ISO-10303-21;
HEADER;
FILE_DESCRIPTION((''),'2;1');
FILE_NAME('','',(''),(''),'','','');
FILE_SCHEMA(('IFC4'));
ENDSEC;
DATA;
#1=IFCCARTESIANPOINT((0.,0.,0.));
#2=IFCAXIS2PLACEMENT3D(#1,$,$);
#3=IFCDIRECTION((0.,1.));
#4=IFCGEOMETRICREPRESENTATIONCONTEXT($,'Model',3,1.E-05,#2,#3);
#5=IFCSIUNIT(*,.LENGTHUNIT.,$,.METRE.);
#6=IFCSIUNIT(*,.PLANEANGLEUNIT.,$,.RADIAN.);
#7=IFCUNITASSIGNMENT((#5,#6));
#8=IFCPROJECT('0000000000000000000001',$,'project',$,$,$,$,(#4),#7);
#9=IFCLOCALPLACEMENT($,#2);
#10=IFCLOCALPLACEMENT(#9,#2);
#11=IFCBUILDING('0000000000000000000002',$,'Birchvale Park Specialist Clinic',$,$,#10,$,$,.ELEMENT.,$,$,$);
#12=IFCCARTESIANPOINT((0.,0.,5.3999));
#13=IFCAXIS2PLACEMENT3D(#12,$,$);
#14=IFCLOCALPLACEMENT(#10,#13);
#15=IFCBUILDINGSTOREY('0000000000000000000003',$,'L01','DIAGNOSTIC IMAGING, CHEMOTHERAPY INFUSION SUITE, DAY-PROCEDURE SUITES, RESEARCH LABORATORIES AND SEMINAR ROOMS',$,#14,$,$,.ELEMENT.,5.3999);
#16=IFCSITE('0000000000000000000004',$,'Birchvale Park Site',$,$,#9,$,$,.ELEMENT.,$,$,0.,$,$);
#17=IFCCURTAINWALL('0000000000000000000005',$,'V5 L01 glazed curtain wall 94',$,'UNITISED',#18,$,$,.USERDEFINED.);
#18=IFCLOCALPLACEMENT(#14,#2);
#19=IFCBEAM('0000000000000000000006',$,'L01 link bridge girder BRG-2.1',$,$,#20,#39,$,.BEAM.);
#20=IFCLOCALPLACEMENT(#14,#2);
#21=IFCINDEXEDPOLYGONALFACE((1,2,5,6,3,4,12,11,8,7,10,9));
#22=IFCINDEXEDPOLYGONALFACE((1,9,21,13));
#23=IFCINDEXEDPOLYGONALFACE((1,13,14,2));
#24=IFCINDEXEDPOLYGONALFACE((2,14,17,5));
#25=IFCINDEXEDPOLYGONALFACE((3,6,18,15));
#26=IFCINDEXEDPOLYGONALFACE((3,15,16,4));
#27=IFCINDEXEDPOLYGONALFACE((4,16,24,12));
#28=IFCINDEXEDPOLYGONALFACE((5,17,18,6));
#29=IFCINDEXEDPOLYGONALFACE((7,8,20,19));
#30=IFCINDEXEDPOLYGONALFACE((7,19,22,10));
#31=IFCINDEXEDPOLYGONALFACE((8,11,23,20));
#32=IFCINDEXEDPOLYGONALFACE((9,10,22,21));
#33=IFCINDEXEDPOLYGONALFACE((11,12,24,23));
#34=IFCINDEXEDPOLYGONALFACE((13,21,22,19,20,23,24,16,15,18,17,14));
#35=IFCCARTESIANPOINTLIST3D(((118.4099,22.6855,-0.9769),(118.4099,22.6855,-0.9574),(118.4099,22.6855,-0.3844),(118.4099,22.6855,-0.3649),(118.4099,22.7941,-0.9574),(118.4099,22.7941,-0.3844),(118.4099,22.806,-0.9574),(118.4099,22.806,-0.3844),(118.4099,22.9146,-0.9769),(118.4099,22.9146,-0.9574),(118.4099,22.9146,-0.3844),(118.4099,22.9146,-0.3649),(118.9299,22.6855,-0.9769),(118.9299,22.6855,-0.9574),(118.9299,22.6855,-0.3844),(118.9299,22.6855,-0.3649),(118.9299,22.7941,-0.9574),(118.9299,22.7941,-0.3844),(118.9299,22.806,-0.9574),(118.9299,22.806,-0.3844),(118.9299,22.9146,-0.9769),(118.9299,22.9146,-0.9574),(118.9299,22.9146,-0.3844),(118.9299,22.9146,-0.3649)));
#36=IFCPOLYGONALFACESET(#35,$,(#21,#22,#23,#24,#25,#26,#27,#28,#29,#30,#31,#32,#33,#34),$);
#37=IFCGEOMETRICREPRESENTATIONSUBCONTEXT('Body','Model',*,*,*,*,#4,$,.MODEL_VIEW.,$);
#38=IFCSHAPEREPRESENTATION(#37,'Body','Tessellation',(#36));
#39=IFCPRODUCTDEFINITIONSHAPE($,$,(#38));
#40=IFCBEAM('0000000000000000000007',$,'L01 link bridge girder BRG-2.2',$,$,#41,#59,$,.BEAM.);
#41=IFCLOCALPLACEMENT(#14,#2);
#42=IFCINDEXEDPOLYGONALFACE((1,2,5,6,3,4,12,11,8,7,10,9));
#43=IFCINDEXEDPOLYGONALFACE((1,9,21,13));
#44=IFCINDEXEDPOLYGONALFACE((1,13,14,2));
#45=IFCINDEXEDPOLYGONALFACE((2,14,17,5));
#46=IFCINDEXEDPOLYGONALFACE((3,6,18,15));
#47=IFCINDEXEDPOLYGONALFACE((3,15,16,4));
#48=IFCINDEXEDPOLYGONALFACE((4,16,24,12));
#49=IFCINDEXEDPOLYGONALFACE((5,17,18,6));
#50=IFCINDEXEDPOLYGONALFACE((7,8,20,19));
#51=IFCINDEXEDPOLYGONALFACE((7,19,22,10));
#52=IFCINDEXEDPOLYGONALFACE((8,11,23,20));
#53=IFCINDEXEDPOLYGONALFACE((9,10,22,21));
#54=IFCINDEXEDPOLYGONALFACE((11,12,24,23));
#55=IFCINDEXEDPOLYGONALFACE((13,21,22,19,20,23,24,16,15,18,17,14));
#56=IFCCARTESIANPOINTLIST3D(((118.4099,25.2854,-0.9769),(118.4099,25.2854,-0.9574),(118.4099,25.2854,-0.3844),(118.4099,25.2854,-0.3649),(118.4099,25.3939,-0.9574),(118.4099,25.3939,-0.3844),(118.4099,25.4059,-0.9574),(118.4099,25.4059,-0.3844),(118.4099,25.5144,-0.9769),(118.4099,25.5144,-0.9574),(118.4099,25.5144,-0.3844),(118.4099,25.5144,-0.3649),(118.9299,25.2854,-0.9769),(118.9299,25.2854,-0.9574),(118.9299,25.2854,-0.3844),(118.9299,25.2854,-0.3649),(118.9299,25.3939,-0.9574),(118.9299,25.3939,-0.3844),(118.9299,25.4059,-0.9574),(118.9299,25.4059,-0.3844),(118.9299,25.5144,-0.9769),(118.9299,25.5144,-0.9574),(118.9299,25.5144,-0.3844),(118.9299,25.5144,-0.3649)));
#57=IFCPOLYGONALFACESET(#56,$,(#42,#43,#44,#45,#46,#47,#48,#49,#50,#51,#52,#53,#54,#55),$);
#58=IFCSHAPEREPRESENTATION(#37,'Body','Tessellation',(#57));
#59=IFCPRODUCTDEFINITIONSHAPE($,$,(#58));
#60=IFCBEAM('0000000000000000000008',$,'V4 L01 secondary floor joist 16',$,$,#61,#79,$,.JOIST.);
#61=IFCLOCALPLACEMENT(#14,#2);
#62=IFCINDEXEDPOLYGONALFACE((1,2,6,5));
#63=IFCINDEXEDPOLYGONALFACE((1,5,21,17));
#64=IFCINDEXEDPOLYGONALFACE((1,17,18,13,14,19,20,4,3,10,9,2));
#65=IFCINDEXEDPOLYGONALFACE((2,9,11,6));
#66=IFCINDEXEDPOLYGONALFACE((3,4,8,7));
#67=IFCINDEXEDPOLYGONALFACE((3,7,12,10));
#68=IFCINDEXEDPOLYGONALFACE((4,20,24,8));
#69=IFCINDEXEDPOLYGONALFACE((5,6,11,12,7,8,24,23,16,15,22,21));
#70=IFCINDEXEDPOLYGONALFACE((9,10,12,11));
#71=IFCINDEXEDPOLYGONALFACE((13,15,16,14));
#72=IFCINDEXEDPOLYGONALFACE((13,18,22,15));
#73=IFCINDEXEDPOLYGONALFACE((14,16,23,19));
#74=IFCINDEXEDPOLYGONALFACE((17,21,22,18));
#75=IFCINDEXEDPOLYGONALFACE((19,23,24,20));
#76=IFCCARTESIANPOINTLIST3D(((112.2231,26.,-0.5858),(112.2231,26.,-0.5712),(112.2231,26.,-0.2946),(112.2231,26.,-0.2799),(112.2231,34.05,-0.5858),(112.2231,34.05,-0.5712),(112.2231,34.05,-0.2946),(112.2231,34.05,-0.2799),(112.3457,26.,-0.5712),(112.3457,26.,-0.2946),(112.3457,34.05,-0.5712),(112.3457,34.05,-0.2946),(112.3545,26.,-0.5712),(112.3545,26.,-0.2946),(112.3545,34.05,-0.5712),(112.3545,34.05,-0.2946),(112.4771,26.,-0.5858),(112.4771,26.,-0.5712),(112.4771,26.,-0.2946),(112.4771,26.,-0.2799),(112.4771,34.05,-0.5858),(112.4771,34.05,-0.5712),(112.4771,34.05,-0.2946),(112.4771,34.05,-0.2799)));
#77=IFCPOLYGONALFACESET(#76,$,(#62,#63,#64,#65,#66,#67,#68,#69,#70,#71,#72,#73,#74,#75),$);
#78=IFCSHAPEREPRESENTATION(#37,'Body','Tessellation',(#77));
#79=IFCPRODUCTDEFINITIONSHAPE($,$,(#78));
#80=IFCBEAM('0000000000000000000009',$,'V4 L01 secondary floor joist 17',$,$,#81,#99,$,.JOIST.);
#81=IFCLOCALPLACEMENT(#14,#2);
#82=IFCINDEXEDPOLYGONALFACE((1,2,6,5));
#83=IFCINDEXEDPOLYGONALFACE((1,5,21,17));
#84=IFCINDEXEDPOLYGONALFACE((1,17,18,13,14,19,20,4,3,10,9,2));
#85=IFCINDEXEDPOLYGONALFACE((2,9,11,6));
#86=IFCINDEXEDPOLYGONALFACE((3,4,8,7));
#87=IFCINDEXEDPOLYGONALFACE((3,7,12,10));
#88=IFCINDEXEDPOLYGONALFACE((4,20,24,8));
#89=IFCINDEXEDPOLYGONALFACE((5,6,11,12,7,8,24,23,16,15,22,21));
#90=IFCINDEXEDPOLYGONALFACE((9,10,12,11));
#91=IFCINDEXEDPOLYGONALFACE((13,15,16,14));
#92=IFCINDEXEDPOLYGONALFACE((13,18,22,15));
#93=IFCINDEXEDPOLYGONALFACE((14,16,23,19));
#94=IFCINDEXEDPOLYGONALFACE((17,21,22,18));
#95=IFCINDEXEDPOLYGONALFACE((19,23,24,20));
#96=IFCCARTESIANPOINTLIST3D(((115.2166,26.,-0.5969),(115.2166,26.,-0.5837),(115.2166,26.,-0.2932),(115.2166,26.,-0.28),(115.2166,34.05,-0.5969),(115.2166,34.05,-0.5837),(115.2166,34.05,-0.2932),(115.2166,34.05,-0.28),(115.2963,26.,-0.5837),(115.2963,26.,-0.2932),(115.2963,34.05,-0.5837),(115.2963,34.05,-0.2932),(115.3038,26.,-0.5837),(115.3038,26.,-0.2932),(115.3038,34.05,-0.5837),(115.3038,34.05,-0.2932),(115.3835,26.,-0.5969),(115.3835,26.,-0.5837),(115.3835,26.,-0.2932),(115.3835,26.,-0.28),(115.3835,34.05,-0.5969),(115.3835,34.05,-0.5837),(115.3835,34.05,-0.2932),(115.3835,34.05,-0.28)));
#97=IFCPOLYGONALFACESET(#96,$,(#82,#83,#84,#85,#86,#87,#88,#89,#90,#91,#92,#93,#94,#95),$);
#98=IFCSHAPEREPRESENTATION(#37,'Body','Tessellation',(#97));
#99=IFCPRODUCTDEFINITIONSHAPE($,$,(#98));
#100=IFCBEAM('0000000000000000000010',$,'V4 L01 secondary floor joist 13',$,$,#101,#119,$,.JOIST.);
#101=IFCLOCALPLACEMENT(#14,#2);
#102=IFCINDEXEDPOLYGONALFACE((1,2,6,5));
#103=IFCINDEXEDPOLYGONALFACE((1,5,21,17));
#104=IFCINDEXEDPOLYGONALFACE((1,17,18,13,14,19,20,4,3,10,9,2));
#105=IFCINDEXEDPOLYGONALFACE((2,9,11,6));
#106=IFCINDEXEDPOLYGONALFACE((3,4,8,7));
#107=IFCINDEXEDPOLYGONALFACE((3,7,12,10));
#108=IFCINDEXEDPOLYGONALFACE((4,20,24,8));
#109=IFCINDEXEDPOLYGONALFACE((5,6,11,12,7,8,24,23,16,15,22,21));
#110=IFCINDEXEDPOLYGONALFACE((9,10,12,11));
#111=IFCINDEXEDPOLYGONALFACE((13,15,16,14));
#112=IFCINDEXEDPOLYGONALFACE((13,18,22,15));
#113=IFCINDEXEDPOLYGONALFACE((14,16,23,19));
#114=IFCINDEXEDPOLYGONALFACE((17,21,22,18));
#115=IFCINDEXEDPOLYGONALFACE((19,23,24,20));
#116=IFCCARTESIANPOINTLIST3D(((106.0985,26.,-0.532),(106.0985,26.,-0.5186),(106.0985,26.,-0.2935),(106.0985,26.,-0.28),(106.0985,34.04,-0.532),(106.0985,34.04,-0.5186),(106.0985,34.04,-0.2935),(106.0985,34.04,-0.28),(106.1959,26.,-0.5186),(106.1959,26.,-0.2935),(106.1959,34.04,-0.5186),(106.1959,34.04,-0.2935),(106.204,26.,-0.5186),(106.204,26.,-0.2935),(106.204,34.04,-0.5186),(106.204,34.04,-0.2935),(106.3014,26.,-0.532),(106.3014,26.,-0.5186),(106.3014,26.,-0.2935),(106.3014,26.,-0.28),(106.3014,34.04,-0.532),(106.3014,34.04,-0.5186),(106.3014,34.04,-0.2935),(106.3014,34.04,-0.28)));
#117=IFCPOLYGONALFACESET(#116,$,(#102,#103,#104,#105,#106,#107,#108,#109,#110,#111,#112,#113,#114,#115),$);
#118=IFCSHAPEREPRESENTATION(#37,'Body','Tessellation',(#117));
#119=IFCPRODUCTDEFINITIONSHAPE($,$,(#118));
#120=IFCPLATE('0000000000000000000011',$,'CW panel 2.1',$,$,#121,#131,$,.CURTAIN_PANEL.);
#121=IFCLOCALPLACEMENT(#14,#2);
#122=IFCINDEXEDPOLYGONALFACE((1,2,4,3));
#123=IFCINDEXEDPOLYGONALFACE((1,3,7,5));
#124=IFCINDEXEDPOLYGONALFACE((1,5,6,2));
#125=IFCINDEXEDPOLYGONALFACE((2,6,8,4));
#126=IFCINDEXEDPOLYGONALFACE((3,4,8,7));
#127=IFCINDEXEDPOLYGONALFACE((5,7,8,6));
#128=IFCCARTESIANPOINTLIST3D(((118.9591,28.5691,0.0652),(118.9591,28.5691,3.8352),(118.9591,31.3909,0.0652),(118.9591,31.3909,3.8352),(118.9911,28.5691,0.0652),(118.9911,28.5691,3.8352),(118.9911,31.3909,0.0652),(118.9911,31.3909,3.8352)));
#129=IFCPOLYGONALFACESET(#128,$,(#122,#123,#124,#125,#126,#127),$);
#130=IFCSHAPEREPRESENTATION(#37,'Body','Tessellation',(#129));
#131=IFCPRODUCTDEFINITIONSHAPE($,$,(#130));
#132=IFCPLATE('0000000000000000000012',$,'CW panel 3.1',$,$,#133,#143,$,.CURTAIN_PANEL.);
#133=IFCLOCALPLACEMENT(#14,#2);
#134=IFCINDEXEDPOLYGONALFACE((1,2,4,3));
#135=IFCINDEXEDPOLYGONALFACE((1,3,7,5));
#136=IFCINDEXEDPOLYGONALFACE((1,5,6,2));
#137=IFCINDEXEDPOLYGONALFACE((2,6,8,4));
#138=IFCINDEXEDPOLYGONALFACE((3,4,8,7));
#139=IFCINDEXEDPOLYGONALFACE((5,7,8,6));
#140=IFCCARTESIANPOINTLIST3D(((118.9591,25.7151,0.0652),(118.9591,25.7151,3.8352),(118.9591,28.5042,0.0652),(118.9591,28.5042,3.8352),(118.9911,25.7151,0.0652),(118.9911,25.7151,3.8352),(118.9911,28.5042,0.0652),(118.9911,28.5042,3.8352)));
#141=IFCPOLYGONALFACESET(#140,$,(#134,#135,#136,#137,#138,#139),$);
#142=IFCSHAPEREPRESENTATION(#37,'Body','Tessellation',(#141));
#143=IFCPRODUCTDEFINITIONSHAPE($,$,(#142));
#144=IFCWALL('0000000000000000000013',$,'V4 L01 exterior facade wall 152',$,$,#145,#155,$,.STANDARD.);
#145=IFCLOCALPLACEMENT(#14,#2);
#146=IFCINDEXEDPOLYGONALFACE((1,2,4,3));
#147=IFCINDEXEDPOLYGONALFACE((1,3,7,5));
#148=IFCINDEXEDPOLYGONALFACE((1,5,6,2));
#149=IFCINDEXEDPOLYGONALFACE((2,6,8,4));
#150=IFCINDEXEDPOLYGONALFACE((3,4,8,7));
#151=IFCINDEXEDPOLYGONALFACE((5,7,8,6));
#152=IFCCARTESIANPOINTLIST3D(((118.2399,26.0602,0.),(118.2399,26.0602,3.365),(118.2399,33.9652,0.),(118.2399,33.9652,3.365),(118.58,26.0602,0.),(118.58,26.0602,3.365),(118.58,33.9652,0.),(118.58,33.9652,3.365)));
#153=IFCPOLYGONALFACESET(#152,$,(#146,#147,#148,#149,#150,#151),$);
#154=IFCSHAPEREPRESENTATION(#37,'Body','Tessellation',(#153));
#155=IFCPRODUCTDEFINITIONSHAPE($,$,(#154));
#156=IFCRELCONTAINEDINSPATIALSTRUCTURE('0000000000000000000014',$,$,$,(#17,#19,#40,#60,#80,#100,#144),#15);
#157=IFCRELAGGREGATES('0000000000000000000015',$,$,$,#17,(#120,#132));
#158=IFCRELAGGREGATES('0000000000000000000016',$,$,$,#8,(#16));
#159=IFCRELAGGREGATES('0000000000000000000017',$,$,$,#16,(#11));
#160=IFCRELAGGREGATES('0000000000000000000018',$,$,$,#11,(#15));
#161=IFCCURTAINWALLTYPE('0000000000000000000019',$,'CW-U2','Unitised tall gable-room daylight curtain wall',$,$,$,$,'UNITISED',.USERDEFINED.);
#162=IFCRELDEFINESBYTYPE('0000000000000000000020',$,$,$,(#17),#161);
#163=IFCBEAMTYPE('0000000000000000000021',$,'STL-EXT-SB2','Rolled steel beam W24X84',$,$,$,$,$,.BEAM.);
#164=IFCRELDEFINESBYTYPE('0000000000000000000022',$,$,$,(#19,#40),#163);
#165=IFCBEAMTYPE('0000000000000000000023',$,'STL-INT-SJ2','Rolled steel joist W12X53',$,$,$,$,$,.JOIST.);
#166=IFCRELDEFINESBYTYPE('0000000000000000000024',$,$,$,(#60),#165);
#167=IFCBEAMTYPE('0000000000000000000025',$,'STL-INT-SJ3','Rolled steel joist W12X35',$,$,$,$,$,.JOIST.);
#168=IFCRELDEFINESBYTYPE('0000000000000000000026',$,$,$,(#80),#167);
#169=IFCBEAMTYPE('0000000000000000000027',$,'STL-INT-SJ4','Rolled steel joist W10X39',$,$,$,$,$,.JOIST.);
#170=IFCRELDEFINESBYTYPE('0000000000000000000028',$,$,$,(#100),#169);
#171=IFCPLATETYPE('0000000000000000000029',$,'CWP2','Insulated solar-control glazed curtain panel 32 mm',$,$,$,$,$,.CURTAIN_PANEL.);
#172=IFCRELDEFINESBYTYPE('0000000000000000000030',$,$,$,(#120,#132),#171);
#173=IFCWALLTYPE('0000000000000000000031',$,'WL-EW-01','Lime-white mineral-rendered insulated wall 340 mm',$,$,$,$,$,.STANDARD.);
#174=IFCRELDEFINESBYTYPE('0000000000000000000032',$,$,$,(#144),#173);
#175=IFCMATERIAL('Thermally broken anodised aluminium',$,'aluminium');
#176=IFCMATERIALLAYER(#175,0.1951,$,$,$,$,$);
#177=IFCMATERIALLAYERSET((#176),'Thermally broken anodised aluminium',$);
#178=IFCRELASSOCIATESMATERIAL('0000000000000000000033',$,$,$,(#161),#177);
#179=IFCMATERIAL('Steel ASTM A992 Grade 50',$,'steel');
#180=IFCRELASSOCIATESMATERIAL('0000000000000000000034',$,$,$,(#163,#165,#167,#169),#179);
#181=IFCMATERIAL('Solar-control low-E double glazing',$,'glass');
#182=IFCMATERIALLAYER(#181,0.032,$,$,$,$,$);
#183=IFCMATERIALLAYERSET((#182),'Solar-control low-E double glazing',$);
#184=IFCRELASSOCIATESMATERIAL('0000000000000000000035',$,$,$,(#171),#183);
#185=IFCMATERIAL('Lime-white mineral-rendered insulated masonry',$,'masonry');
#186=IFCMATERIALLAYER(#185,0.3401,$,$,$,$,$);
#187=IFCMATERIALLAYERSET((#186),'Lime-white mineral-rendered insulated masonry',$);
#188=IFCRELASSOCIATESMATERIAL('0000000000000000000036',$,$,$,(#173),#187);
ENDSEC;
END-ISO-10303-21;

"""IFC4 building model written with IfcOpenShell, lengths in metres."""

from ifc_helpers import new_model, si_unit, direction, frame, frame_2d, origin, origin_2d, place, context, subcontext, project, spatial, rectangle, i_section, extrude, material, layer, layer_set, material_profile, profile_set, type_object, element, aggregate, save


model = new_model("IFC4")

# Units and contexts
model_context = context("Model", 3, precision=1e-05, world=origin(), true_north=direction((0.0, 1.0)))
body_context = subcontext(model_context, "Body", "Model", "MODEL_VIEW")
ifc_project = project(units=[si_unit("LENGTHUNIT", "METRE"), si_unit("PLANEANGLEUNIT", "RADIAN")], contexts=[model_context])

# Site, building, storey
site_placement = place(None, origin())
site = spatial("IfcSite", under=ifc_project, at=site_placement, Name="Birchvale Park Site", CompositionType="ELEMENT", RefElevation=0.0)
building_placement = place(site_placement, origin())
building = spatial("IfcBuilding", under=site, at=building_placement, Name="Birchvale Park Specialist Clinic", CompositionType="ELEMENT")
storey_placement = place(building_placement, frame((0.0, 0.0, 5.3999)))
storey = spatial("IfcBuildingStorey", under=building, at=storey_placement, Name="L01", Description="DIAGNOSTIC IMAGING, CHEMOTHERAPY INFUSION SUITE, DAY-PROCEDURE SUITES, RESEARCH LABORATORIES AND SEMINAR ROOMS", CompositionType="ELEMENT", Elevation=5.3999)

# Curtain wall
ifc_material_1 = material(Name="Thermally broken anodised aluminium", Category="aluminium")
ifc_layer_1 = layer(ifc_material_1, 0.1951)
ifc_layer_set_1 = layer_set([ifc_layer_1], Name="Thermally broken anodised aluminium")
curtain_wall_type = type_object("IfcCurtainWallType", Name="CW-U2", Description="Unitised tall gable-room daylight curtain wall", ElementType="UNITISED", PredefinedType="USERDEFINED", material=ifc_layer_set_1)
curtain_wall_placement = place(storey_placement, origin())
curtain_wall = element("IfcCurtainWall", 1, at=curtain_wall_placement, inside=storey, type_object=curtain_wall_type, Name="V5 L01 glazed curtain wall 94", ObjectType="UNITISED", PredefinedType="USERDEFINED")

# Beams
ifc_material_2 = material(Name="Steel ASTM A992 Grade 50", Category="steel")
ifc_material_profile_1 = material_profile(ifc_material_2, i_section(OverallWidth=0.229, OverallDepth=0.6121, WebThickness=0.012, FlangeThickness=0.0195, at=origin_2d()), Name="W24X84")
ifc_profile_set_1 = profile_set([ifc_material_profile_1], Name="Steel ASTM A992 Grade 50")
beam_type_1 = type_object("IfcBeamType", Name="STL-EXT-SB2", Description="Rolled steel beam W24X84", PredefinedType="BEAM", material=ifc_profile_set_1)
for number, where, z_axis, x_axis, name in (
    (2, (118.4099, 22.8, -0.6709), (1.0, 0.0, 0.0), (0.0, 1.0, 0.0), "L01 link bridge girder BRG-2.1"),
    (3, (118.4099, 25.3999, -0.6709), (1.0, 0.0, 0.0), (0.0, 1.0, 0.0), "L01 link bridge girder BRG-2.2"),
):
    element("IfcBeam", number, at=place(storey_placement, frame(where, z_axis=z_axis, x_axis=x_axis)), inside=storey, type_object=beam_type_1, Name=name, PredefinedType="BEAM", context=body_context, shape_type="SweptSolid", body=[
        extrude(i_section(OverallWidth=0.229, OverallDepth=0.6121, WebThickness=0.012, FlangeThickness=0.0195, at=origin_2d()), origin(), (0.0, 0.0, 1.0), 0.52),
    ])
ifc_material_profile_2 = material_profile(ifc_material_2, i_section(OverallWidth=0.2539, OverallDepth=0.3059, WebThickness=0.0088, FlangeThickness=0.0146, at=origin_2d()), Name="W12X53")
ifc_profile_set_2 = profile_set([ifc_material_profile_2], Name="Steel ASTM A992 Grade 50")
beam_type_2 = type_object("IfcBeamType", Name="STL-INT-SJ2", Description="Rolled steel joist W12X53", PredefinedType="JOIST", material=ifc_profile_set_2)
beam_1_placement = place(storey_placement, frame((112.3501, 26.0, -0.4329), z_axis=(0.0, 1.0, 0.0), x_axis=(-1.0, 0.0, 0.0)))
element("IfcBeam", 4, at=beam_1_placement, inside=storey, type_object=beam_type_2, Name="V4 L01 secondary floor joist 16", PredefinedType="JOIST", context=body_context, shape_type="SweptSolid", body=[
    extrude(i_section(OverallWidth=0.2539, OverallDepth=0.3059, WebThickness=0.0088, FlangeThickness=0.0146, at=origin_2d()), origin(), (0.0, 0.0, 1.0), 8.05),
])
ifc_material_profile_3 = material_profile(ifc_material_2, i_section(OverallWidth=0.167, OverallDepth=0.3169, WebThickness=0.0076, FlangeThickness=0.0132, at=origin_2d()), Name="W12X35")
ifc_profile_set_3 = profile_set([ifc_material_profile_3], Name="Steel ASTM A992 Grade 50")
beam_type_3 = type_object("IfcBeamType", Name="STL-INT-SJ3", Description="Rolled steel joist W12X35", PredefinedType="JOIST", material=ifc_profile_set_3)
beam_2_placement = place(storey_placement, frame((115.3, 26.0, -0.4385), z_axis=(0.0, 1.0, 0.0), x_axis=(-1.0, 0.0, 0.0)))
element("IfcBeam", 5, at=beam_2_placement, inside=storey, type_object=beam_type_3, Name="V4 L01 secondary floor joist 17", PredefinedType="JOIST", context=body_context, shape_type="SweptSolid", body=[
    extrude(i_section(OverallWidth=0.167, OverallDepth=0.3169, WebThickness=0.0076, FlangeThickness=0.0132, at=origin_2d()), origin(), (0.0, 0.0, 1.0), 8.05),
])
ifc_material_profile_4 = material_profile(ifc_material_2, i_section(OverallWidth=0.2029, OverallDepth=0.252, WebThickness=0.0081, FlangeThickness=0.0134, at=origin_2d()), Name="W10X39")
ifc_profile_set_4 = profile_set([ifc_material_profile_4], Name="Steel ASTM A992 Grade 50")
beam_type_4 = type_object("IfcBeamType", Name="STL-INT-SJ4", Description="Rolled steel joist W10X39", PredefinedType="JOIST", material=ifc_profile_set_4)
beam_3_placement = place(storey_placement, frame((106.2, 26.0, -0.406), z_axis=(0.0, 1.0, 0.0), x_axis=(-1.0, 0.0, 0.0)))
element("IfcBeam", 6, at=beam_3_placement, inside=storey, type_object=beam_type_4, Name="V4 L01 secondary floor joist 13", PredefinedType="JOIST", context=body_context, shape_type="SweptSolid", body=[
    extrude(i_section(OverallWidth=0.2029, OverallDepth=0.252, WebThickness=0.0081, FlangeThickness=0.0134, at=origin_2d()), origin(), (0.0, 0.0, 1.0), 8.04),
])

# Plates
ifc_material_3 = material(Name="Solar-control low-E double glazing", Category="glass")
ifc_layer_2 = layer(ifc_material_3, 0.032)
ifc_layer_set_2 = layer_set([ifc_layer_2], Name="Solar-control low-E double glazing")
plate_type = type_object("IfcPlateType", Name="CWP2", Description="Insulated solar-control glazed curtain panel 32 mm", PredefinedType="CURTAIN_PANEL", material=ifc_layer_set_2)
plate_1_placement = place(storey_placement, frame((118.9751, 29.98, 0.0652), z_axis=(0.0, 0.0, 1.0), x_axis=(0.0, -1.0, 0.0)))
plate_1 = element("IfcPlate", 7, at=plate_1_placement, type_object=plate_type, Name="CW panel 2.1", PredefinedType="CURTAIN_PANEL", context=body_context, shape_type="SweptSolid", body=[
    extrude(rectangle(XDim=2.8218, YDim=0.032, at=origin_2d()), origin(), (0.0, 0.0, 1.0), 3.77),
])
plate_2_placement = place(storey_placement, frame((118.9751, 27.1096, 0.0652), z_axis=(0.0, 0.0, 1.0), x_axis=(0.0, -1.0, 0.0)))
plate_2 = element("IfcPlate", 8, at=plate_2_placement, type_object=plate_type, Name="CW panel 3.1", PredefinedType="CURTAIN_PANEL", context=body_context, shape_type="SweptSolid", body=[
    extrude(rectangle(XDim=2.7891, YDim=0.032, at=origin_2d()), origin(), (0.0, 0.0, 1.0), 3.77),
])
aggregate(curtain_wall, [plate_1, plate_2])

# Wall
ifc_material_4 = material(Name="Lime-white mineral-rendered insulated masonry", Category="masonry")
ifc_layer_3 = layer(ifc_material_4, 0.3401)
ifc_layer_set_3 = layer_set([ifc_layer_3], Name="Lime-white mineral-rendered insulated masonry")
wall_type_1 = type_object("IfcWallType", Name="WL-EW-01", Description="Lime-white mineral-rendered insulated wall 340 mm", PredefinedType="STANDARD", material=ifc_layer_set_3)
wall_1_placement = place(storey_placement, frame((118.4099, 26.0601, 0.0), z_axis=(0.0, 0.0, 1.0), x_axis=(0.0, 1.0, 0.0)))
element("IfcWall", 9, at=wall_1_placement, inside=storey, type_object=wall_type_1, Name="V4 L01 exterior facade wall 152", PredefinedType="STANDARD", context=body_context, shape_type="SweptSolid", body=[
    extrude(rectangle(XDim=7.905, YDim=0.3401, at=frame_2d((3.9526, 0.0))), origin(), (0.0, 0.0, 1.0), 3.365),
])

save(model, "model.ifc")
